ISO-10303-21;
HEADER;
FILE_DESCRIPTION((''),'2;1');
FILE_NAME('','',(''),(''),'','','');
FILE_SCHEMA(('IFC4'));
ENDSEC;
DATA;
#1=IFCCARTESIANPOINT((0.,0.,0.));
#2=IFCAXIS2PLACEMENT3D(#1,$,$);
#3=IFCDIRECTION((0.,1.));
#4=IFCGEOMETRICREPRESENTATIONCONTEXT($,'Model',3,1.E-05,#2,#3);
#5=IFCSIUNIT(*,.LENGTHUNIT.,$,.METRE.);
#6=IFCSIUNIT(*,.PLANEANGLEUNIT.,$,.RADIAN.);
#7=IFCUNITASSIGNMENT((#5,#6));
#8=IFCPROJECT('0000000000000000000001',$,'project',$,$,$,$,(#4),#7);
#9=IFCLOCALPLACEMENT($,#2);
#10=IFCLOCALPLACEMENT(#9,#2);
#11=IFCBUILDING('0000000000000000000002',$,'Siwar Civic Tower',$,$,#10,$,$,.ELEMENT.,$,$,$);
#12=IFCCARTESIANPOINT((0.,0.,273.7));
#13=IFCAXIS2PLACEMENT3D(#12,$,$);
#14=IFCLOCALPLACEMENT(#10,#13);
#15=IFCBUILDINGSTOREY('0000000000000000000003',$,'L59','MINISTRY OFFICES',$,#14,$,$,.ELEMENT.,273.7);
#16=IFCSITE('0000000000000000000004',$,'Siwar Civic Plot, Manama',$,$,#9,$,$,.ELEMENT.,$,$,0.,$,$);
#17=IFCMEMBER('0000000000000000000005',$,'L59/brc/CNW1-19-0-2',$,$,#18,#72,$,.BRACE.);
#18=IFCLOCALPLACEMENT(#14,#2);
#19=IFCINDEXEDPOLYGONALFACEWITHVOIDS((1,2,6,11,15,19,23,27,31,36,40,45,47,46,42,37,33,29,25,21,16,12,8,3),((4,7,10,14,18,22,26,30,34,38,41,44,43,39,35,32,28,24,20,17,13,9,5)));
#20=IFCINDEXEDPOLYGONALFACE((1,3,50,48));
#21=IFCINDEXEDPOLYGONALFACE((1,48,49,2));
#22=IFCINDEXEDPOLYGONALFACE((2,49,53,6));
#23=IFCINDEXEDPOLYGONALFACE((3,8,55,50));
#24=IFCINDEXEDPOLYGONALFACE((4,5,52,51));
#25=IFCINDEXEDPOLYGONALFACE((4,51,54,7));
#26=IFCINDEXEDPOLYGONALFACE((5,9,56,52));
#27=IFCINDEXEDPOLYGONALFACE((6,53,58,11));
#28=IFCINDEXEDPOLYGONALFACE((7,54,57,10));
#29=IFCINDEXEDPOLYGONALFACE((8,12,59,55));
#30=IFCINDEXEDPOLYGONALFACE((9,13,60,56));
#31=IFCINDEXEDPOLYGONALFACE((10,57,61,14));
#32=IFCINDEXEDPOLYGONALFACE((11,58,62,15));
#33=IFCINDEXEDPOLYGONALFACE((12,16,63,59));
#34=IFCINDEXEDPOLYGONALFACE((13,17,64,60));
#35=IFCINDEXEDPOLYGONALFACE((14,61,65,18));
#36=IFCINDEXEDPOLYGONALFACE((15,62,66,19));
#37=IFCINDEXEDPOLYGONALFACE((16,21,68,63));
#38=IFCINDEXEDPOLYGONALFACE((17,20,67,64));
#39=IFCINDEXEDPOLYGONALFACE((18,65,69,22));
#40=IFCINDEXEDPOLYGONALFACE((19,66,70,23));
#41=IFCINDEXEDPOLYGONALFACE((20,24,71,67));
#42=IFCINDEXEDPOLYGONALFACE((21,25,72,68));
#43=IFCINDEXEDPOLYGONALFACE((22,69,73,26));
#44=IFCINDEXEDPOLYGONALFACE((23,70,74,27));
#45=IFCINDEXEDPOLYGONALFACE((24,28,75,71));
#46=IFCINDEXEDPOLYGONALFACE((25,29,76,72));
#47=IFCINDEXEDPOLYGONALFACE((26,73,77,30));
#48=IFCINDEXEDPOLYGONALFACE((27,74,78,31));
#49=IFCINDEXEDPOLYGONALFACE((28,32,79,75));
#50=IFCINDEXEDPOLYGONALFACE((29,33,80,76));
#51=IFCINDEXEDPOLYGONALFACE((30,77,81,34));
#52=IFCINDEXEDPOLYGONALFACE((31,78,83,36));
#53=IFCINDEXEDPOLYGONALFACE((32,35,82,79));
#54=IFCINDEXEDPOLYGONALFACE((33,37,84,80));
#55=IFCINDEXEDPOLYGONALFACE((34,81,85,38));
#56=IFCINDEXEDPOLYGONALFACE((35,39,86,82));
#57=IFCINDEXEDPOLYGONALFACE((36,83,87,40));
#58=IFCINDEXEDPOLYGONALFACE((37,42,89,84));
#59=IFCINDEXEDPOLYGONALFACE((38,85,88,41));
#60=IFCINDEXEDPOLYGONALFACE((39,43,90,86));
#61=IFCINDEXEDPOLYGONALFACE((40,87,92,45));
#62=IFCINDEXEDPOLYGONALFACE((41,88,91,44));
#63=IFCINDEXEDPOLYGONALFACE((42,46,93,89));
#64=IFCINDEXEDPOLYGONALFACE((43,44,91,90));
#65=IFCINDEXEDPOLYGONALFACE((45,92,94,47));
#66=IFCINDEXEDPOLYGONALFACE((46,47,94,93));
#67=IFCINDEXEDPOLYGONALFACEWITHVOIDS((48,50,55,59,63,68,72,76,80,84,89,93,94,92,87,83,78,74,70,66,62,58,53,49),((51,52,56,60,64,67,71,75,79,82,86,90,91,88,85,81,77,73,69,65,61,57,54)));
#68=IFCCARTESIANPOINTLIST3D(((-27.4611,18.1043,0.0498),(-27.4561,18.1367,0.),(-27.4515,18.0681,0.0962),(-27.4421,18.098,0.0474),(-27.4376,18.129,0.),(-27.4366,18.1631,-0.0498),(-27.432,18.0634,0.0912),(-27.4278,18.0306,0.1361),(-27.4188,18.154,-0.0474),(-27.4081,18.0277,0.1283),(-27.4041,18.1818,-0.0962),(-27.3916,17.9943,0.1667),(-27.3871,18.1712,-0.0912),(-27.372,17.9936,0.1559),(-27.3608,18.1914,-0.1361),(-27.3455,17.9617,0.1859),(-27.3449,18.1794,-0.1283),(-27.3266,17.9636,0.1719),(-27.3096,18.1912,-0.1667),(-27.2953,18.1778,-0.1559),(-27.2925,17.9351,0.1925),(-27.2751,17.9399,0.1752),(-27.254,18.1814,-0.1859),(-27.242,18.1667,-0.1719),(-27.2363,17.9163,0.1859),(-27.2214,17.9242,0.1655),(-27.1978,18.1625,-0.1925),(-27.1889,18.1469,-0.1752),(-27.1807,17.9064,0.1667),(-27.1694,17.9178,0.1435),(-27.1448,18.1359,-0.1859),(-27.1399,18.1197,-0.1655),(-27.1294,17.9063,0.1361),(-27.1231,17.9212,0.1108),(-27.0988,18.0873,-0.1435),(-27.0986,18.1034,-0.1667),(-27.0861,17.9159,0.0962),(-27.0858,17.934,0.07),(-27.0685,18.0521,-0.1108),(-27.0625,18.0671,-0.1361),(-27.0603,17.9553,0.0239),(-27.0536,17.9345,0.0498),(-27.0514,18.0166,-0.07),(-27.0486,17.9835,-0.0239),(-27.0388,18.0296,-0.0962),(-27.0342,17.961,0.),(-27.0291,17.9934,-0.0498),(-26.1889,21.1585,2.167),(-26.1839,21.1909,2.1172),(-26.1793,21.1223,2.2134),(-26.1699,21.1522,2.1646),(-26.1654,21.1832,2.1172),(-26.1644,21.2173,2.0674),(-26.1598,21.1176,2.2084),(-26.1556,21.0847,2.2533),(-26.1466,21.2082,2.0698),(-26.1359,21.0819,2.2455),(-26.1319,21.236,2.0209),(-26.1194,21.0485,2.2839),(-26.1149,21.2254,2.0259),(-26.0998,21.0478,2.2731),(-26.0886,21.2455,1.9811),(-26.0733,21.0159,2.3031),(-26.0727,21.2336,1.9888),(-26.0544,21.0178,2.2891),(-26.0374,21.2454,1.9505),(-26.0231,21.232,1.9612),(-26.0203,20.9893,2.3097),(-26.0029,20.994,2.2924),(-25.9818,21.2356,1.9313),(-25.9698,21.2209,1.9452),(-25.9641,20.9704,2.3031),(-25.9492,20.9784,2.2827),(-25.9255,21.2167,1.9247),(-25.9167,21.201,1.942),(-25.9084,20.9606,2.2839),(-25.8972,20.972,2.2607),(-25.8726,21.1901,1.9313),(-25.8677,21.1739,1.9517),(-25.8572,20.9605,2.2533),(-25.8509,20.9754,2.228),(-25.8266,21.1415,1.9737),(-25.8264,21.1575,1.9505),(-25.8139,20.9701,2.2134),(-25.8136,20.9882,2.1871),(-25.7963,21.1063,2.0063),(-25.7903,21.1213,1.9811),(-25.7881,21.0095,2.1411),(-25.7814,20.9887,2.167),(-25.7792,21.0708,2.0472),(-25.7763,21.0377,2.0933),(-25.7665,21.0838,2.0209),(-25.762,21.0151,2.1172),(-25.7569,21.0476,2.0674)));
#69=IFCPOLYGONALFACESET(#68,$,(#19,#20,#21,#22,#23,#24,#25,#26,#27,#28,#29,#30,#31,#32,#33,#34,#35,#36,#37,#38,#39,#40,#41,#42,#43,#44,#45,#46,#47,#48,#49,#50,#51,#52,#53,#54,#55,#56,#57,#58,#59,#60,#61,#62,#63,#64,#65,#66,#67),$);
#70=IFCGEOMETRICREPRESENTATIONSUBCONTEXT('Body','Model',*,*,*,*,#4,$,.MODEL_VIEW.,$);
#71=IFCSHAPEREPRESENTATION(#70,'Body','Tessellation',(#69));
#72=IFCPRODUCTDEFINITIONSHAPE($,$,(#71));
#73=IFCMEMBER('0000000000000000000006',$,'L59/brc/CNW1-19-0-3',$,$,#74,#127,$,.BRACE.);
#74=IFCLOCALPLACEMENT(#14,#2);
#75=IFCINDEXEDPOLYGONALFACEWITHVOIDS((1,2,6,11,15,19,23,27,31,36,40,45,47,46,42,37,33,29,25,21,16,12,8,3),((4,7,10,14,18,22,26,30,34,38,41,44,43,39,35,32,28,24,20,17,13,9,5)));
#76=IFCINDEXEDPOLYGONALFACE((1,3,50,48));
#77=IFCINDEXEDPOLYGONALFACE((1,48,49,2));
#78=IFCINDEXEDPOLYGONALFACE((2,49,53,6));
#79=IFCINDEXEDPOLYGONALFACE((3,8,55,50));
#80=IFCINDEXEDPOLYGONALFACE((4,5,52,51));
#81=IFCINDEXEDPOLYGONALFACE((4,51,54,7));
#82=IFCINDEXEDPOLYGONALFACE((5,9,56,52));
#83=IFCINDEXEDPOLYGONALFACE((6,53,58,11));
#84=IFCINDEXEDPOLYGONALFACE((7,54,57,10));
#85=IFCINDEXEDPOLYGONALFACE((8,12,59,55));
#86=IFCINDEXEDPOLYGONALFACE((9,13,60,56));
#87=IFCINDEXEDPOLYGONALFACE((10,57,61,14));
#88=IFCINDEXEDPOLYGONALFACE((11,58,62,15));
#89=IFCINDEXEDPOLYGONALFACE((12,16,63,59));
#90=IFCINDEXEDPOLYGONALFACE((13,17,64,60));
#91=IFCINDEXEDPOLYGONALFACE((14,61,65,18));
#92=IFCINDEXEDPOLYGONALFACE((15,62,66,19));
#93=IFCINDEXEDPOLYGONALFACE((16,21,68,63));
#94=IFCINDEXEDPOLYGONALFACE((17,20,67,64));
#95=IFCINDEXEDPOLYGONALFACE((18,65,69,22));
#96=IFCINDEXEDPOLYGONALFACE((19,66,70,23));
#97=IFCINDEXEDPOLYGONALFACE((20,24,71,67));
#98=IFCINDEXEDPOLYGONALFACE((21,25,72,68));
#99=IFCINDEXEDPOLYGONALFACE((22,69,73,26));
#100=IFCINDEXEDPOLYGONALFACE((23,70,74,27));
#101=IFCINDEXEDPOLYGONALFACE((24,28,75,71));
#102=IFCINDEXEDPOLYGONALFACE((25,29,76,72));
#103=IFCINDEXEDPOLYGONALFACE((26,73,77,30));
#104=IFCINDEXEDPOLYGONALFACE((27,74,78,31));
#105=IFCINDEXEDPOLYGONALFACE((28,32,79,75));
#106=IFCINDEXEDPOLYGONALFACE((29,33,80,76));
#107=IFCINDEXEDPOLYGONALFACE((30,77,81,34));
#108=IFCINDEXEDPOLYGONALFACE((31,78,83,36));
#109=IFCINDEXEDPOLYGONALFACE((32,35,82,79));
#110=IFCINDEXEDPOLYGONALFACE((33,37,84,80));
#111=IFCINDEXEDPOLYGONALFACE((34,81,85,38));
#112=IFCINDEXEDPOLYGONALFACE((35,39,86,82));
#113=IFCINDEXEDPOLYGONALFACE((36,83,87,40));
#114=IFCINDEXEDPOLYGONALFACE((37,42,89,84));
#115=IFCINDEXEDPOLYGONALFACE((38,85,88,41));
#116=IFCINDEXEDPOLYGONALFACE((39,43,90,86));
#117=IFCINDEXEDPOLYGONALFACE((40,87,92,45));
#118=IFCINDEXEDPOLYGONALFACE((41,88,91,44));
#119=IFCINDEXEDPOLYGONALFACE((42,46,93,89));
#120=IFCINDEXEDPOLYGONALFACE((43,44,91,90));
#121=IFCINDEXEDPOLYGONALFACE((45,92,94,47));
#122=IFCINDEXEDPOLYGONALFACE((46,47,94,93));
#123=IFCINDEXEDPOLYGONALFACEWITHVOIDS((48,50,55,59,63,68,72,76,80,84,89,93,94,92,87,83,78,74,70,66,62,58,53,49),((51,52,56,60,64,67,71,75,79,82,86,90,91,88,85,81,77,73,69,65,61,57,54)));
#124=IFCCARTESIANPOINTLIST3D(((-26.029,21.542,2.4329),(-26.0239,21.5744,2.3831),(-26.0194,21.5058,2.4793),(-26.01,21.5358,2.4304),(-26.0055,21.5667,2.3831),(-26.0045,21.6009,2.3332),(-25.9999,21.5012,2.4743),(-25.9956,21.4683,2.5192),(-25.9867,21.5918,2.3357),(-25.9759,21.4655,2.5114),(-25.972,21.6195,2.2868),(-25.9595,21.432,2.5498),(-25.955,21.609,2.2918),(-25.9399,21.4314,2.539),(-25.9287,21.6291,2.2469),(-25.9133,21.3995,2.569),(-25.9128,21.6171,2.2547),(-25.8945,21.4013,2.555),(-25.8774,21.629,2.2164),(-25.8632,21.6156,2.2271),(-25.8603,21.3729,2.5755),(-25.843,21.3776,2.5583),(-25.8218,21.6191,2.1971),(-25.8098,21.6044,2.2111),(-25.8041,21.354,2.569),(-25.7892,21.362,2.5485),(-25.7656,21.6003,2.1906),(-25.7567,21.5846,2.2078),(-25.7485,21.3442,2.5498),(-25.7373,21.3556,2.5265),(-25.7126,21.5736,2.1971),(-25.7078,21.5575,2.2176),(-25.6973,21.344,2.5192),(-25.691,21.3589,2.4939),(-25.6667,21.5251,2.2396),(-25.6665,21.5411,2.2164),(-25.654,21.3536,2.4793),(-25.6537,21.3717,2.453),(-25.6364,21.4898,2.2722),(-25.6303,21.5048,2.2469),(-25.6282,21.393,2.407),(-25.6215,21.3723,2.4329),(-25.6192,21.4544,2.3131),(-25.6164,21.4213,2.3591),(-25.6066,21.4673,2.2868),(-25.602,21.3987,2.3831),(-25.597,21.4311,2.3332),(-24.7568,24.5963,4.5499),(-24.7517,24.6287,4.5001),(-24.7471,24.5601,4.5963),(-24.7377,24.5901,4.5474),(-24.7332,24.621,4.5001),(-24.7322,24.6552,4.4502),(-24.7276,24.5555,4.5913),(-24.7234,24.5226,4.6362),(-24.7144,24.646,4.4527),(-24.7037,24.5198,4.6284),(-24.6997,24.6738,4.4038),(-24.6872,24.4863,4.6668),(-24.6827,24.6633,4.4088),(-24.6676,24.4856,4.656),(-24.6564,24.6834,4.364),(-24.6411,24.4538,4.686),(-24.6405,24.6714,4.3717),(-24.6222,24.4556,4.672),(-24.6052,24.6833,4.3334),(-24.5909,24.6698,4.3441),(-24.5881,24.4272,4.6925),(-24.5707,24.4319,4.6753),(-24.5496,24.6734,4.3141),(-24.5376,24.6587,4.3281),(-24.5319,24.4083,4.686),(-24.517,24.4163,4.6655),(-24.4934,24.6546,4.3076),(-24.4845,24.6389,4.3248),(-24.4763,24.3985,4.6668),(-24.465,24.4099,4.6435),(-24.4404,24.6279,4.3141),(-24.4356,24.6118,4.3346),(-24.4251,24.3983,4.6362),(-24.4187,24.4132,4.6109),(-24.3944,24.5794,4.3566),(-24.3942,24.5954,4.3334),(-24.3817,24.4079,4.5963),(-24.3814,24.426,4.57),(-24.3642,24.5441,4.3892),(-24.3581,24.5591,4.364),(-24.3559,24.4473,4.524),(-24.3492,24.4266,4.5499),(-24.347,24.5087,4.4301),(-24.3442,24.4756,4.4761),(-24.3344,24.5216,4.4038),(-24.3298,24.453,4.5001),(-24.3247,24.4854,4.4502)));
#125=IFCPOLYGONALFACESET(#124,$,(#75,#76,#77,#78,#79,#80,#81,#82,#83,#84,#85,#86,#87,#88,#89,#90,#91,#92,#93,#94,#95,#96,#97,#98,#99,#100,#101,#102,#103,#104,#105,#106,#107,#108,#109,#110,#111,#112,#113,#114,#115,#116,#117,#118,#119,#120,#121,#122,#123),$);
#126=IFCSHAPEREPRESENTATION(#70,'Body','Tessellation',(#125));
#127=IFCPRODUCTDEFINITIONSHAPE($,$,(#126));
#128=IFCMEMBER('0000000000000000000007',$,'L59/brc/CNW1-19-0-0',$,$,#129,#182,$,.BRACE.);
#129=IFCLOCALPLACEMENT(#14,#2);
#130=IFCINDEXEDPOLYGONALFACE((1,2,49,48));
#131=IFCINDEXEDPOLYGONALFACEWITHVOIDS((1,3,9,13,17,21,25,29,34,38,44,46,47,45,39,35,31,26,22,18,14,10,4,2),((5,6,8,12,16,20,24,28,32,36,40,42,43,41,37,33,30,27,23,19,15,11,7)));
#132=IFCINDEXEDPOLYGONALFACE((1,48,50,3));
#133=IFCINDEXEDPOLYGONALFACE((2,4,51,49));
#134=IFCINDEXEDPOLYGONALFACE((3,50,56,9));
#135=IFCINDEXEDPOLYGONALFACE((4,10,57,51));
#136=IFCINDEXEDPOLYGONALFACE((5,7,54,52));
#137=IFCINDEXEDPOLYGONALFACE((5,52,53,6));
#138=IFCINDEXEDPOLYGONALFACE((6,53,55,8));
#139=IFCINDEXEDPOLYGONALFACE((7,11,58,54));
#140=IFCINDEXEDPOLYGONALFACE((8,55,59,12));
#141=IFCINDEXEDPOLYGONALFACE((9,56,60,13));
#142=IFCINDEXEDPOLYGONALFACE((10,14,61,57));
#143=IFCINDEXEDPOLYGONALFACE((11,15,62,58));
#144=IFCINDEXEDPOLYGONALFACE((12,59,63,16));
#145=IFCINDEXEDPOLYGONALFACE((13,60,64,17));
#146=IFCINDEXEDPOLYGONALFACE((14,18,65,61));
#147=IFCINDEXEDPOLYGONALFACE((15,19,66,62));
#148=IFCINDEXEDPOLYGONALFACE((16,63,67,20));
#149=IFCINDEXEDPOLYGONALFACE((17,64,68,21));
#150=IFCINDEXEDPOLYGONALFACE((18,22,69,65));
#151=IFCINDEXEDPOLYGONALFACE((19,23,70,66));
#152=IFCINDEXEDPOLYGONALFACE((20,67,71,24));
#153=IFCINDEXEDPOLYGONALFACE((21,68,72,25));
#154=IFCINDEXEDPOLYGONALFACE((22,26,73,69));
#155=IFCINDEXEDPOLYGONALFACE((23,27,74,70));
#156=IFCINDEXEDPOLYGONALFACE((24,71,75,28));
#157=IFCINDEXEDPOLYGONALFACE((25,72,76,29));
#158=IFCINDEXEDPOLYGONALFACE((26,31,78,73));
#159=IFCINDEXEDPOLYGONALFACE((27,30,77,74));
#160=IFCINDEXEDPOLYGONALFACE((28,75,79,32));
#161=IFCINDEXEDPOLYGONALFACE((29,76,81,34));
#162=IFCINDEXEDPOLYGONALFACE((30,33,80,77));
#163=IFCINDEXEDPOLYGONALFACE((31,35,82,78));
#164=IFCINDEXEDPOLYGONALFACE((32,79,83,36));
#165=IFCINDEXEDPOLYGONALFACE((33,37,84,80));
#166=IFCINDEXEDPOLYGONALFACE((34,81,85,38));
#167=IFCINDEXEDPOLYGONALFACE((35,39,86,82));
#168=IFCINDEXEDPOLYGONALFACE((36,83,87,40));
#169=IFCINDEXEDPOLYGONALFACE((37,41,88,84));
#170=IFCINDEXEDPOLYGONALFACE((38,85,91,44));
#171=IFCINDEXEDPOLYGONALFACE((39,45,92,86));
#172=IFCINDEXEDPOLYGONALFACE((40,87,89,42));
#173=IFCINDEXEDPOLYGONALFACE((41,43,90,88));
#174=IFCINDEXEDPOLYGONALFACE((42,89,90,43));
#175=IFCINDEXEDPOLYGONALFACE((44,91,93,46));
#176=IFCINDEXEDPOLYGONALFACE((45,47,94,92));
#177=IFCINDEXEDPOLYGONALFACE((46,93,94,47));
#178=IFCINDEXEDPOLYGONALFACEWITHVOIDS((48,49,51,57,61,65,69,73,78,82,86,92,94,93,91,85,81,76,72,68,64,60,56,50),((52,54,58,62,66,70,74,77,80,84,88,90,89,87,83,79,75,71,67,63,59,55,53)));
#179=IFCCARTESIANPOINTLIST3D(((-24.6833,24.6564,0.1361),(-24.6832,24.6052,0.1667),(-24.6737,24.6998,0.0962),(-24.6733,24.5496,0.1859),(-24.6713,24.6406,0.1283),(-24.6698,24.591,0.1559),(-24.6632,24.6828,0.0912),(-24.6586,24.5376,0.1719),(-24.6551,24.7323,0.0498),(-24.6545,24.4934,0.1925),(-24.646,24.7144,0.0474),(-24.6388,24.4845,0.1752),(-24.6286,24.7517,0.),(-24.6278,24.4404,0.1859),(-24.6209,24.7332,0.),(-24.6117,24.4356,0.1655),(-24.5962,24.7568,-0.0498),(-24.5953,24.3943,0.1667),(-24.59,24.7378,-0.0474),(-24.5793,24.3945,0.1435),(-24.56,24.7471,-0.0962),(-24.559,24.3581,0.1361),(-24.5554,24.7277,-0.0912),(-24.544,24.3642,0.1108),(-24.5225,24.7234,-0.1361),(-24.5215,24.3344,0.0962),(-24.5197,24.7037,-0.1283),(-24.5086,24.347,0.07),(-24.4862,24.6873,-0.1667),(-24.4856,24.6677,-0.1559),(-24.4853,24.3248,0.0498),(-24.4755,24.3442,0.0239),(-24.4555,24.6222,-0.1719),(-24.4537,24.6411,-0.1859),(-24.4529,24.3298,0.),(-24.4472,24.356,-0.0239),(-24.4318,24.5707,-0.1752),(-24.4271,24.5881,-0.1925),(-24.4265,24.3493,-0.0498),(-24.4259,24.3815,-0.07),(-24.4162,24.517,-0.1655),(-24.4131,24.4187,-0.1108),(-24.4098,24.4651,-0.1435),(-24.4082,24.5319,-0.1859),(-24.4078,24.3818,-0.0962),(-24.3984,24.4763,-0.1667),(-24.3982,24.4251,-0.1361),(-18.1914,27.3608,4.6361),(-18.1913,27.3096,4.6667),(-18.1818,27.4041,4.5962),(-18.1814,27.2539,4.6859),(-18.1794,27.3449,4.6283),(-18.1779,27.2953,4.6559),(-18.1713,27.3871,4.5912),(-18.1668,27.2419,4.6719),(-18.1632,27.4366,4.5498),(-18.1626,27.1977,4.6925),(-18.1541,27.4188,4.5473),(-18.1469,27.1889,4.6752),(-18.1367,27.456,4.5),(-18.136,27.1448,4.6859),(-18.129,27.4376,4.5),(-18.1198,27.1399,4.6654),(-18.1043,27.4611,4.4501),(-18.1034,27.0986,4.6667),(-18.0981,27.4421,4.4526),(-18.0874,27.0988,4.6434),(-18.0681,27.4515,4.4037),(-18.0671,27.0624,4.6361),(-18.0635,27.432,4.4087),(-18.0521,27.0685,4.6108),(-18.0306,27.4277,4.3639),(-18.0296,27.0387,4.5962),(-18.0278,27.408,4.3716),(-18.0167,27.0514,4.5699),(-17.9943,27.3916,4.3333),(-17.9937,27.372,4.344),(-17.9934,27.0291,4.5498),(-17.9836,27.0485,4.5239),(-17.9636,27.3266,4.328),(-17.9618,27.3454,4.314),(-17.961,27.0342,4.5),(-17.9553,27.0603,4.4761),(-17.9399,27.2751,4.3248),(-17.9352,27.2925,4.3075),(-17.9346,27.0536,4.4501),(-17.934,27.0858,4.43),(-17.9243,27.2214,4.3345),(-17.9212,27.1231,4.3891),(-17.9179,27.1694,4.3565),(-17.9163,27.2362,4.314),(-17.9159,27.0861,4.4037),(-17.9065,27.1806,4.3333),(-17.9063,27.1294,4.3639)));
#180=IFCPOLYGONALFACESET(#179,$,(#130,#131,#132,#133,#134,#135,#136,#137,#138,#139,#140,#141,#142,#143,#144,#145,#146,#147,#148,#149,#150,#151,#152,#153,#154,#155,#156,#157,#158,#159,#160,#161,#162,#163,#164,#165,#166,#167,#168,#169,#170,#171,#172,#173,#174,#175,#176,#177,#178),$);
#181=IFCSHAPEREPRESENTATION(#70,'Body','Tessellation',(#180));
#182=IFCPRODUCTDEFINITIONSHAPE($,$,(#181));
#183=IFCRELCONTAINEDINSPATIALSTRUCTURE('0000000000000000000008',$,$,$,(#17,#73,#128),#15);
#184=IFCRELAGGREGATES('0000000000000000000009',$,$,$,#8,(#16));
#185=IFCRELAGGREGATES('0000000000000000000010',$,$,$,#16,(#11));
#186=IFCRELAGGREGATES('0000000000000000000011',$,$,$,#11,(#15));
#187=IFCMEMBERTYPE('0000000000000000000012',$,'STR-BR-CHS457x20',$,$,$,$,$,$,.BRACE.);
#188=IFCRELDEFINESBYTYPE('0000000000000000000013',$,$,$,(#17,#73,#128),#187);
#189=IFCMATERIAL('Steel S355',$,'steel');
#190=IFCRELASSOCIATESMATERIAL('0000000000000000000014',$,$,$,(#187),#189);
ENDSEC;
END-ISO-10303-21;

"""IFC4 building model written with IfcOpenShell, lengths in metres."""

from ifc_helpers import new_model, si_unit, direction, frame, origin, origin_2d, place, context, subcontext, project, spatial, hollow_circle, extrude, material, material_profile, profile_set, type_object, element, save


model = new_model("IFC4")

# Units and contexts
model_context = context("Model", 3, precision=1e-05, world=origin(), true_north=direction((0.0, 1.0)))
body_context = subcontext(model_context, "Body", "Model", "MODEL_VIEW")
ifc_project = project(units=[si_unit("LENGTHUNIT", "METRE"), si_unit("PLANEANGLEUNIT", "RADIAN")], contexts=[model_context])

# Site, building, storey
site_placement = place(None, origin())
site = spatial("IfcSite", under=ifc_project, at=site_placement, Name="Siwar Civic Plot, Manama", CompositionType="ELEMENT", RefElevation=0.0)
building_placement = place(site_placement, origin())
building = spatial("IfcBuilding", under=site, at=building_placement, Name="Siwar Civic Tower", CompositionType="ELEMENT")
storey_placement = place(building_placement, frame((0.0, 0.0, 273.7)))
storey = spatial("IfcBuildingStorey", under=building, at=storey_placement, Name="L59", Description="MINISTRY OFFICES", CompositionType="ELEMENT", Elevation=273.7)

# Members
ifc_material_1 = material(Name="Steel S355", Category="steel")
ifc_material_profile_1 = material_profile(ifc_material_1, hollow_circle(Radius=0.2285, WallThickness=0.02, at=origin_2d()), Name="CHS457x20")
ifc_profile_set_1 = profile_set([ifc_material_profile_1], Name="Steel S355")
member_type_1 = type_object("IfcMemberType", Name="STR-BR-CHS457x20", PredefinedType="BRACE", material=ifc_profile_set_1)
for number, where, z_axis, x_axis, name in (
    (1, (-27.2451, 18.0488, 0.0), (0.323884, 0.777546, 0.538999), (-0.923116, 0.384521, 0.0), "L59/brc/CNW1-19-0-2"),
    (2, (-25.813, 21.4866, 2.3831), (0.323895, 0.777572, 0.538955), (-0.923116, 0.384521, 0.0), "L59/brc/CNW1-19-0-3"),
):
    element("IfcMember", number, at=place(storey_placement, frame(where, z_axis=z_axis, x_axis=x_axis)), inside=storey, type_object=member_type_1, Name=name, PredefinedType="BRACE", context=body_context, shape_type="SweptSolid", body=[
        extrude(hollow_circle(Radius=0.2285, WallThickness=0.02, at=origin_2d()), origin(), (0.0, 0.0, 1.0), 3.928),
    ])
member_1_placement = place(storey_placement, frame((-24.5408, 24.5408, 0.0), z_axis=(0.777555, 0.323906, 0.538975), x_axis=(-0.384539, 0.923109, 0.0)))
element("IfcMember", 3, at=member_1_placement, inside=storey, type_object=member_type_1, Name="L59/brc/CNW1-19-0-0", PredefinedType="BRACE", context=body_context, shape_type="SweptSolid", body=[
    extrude(hollow_circle(Radius=0.2285, WallThickness=0.02, at=origin_2d()), origin(), (0.0, 0.0, 1.0), 8.3491),
])

save(model, "model.ifc")
